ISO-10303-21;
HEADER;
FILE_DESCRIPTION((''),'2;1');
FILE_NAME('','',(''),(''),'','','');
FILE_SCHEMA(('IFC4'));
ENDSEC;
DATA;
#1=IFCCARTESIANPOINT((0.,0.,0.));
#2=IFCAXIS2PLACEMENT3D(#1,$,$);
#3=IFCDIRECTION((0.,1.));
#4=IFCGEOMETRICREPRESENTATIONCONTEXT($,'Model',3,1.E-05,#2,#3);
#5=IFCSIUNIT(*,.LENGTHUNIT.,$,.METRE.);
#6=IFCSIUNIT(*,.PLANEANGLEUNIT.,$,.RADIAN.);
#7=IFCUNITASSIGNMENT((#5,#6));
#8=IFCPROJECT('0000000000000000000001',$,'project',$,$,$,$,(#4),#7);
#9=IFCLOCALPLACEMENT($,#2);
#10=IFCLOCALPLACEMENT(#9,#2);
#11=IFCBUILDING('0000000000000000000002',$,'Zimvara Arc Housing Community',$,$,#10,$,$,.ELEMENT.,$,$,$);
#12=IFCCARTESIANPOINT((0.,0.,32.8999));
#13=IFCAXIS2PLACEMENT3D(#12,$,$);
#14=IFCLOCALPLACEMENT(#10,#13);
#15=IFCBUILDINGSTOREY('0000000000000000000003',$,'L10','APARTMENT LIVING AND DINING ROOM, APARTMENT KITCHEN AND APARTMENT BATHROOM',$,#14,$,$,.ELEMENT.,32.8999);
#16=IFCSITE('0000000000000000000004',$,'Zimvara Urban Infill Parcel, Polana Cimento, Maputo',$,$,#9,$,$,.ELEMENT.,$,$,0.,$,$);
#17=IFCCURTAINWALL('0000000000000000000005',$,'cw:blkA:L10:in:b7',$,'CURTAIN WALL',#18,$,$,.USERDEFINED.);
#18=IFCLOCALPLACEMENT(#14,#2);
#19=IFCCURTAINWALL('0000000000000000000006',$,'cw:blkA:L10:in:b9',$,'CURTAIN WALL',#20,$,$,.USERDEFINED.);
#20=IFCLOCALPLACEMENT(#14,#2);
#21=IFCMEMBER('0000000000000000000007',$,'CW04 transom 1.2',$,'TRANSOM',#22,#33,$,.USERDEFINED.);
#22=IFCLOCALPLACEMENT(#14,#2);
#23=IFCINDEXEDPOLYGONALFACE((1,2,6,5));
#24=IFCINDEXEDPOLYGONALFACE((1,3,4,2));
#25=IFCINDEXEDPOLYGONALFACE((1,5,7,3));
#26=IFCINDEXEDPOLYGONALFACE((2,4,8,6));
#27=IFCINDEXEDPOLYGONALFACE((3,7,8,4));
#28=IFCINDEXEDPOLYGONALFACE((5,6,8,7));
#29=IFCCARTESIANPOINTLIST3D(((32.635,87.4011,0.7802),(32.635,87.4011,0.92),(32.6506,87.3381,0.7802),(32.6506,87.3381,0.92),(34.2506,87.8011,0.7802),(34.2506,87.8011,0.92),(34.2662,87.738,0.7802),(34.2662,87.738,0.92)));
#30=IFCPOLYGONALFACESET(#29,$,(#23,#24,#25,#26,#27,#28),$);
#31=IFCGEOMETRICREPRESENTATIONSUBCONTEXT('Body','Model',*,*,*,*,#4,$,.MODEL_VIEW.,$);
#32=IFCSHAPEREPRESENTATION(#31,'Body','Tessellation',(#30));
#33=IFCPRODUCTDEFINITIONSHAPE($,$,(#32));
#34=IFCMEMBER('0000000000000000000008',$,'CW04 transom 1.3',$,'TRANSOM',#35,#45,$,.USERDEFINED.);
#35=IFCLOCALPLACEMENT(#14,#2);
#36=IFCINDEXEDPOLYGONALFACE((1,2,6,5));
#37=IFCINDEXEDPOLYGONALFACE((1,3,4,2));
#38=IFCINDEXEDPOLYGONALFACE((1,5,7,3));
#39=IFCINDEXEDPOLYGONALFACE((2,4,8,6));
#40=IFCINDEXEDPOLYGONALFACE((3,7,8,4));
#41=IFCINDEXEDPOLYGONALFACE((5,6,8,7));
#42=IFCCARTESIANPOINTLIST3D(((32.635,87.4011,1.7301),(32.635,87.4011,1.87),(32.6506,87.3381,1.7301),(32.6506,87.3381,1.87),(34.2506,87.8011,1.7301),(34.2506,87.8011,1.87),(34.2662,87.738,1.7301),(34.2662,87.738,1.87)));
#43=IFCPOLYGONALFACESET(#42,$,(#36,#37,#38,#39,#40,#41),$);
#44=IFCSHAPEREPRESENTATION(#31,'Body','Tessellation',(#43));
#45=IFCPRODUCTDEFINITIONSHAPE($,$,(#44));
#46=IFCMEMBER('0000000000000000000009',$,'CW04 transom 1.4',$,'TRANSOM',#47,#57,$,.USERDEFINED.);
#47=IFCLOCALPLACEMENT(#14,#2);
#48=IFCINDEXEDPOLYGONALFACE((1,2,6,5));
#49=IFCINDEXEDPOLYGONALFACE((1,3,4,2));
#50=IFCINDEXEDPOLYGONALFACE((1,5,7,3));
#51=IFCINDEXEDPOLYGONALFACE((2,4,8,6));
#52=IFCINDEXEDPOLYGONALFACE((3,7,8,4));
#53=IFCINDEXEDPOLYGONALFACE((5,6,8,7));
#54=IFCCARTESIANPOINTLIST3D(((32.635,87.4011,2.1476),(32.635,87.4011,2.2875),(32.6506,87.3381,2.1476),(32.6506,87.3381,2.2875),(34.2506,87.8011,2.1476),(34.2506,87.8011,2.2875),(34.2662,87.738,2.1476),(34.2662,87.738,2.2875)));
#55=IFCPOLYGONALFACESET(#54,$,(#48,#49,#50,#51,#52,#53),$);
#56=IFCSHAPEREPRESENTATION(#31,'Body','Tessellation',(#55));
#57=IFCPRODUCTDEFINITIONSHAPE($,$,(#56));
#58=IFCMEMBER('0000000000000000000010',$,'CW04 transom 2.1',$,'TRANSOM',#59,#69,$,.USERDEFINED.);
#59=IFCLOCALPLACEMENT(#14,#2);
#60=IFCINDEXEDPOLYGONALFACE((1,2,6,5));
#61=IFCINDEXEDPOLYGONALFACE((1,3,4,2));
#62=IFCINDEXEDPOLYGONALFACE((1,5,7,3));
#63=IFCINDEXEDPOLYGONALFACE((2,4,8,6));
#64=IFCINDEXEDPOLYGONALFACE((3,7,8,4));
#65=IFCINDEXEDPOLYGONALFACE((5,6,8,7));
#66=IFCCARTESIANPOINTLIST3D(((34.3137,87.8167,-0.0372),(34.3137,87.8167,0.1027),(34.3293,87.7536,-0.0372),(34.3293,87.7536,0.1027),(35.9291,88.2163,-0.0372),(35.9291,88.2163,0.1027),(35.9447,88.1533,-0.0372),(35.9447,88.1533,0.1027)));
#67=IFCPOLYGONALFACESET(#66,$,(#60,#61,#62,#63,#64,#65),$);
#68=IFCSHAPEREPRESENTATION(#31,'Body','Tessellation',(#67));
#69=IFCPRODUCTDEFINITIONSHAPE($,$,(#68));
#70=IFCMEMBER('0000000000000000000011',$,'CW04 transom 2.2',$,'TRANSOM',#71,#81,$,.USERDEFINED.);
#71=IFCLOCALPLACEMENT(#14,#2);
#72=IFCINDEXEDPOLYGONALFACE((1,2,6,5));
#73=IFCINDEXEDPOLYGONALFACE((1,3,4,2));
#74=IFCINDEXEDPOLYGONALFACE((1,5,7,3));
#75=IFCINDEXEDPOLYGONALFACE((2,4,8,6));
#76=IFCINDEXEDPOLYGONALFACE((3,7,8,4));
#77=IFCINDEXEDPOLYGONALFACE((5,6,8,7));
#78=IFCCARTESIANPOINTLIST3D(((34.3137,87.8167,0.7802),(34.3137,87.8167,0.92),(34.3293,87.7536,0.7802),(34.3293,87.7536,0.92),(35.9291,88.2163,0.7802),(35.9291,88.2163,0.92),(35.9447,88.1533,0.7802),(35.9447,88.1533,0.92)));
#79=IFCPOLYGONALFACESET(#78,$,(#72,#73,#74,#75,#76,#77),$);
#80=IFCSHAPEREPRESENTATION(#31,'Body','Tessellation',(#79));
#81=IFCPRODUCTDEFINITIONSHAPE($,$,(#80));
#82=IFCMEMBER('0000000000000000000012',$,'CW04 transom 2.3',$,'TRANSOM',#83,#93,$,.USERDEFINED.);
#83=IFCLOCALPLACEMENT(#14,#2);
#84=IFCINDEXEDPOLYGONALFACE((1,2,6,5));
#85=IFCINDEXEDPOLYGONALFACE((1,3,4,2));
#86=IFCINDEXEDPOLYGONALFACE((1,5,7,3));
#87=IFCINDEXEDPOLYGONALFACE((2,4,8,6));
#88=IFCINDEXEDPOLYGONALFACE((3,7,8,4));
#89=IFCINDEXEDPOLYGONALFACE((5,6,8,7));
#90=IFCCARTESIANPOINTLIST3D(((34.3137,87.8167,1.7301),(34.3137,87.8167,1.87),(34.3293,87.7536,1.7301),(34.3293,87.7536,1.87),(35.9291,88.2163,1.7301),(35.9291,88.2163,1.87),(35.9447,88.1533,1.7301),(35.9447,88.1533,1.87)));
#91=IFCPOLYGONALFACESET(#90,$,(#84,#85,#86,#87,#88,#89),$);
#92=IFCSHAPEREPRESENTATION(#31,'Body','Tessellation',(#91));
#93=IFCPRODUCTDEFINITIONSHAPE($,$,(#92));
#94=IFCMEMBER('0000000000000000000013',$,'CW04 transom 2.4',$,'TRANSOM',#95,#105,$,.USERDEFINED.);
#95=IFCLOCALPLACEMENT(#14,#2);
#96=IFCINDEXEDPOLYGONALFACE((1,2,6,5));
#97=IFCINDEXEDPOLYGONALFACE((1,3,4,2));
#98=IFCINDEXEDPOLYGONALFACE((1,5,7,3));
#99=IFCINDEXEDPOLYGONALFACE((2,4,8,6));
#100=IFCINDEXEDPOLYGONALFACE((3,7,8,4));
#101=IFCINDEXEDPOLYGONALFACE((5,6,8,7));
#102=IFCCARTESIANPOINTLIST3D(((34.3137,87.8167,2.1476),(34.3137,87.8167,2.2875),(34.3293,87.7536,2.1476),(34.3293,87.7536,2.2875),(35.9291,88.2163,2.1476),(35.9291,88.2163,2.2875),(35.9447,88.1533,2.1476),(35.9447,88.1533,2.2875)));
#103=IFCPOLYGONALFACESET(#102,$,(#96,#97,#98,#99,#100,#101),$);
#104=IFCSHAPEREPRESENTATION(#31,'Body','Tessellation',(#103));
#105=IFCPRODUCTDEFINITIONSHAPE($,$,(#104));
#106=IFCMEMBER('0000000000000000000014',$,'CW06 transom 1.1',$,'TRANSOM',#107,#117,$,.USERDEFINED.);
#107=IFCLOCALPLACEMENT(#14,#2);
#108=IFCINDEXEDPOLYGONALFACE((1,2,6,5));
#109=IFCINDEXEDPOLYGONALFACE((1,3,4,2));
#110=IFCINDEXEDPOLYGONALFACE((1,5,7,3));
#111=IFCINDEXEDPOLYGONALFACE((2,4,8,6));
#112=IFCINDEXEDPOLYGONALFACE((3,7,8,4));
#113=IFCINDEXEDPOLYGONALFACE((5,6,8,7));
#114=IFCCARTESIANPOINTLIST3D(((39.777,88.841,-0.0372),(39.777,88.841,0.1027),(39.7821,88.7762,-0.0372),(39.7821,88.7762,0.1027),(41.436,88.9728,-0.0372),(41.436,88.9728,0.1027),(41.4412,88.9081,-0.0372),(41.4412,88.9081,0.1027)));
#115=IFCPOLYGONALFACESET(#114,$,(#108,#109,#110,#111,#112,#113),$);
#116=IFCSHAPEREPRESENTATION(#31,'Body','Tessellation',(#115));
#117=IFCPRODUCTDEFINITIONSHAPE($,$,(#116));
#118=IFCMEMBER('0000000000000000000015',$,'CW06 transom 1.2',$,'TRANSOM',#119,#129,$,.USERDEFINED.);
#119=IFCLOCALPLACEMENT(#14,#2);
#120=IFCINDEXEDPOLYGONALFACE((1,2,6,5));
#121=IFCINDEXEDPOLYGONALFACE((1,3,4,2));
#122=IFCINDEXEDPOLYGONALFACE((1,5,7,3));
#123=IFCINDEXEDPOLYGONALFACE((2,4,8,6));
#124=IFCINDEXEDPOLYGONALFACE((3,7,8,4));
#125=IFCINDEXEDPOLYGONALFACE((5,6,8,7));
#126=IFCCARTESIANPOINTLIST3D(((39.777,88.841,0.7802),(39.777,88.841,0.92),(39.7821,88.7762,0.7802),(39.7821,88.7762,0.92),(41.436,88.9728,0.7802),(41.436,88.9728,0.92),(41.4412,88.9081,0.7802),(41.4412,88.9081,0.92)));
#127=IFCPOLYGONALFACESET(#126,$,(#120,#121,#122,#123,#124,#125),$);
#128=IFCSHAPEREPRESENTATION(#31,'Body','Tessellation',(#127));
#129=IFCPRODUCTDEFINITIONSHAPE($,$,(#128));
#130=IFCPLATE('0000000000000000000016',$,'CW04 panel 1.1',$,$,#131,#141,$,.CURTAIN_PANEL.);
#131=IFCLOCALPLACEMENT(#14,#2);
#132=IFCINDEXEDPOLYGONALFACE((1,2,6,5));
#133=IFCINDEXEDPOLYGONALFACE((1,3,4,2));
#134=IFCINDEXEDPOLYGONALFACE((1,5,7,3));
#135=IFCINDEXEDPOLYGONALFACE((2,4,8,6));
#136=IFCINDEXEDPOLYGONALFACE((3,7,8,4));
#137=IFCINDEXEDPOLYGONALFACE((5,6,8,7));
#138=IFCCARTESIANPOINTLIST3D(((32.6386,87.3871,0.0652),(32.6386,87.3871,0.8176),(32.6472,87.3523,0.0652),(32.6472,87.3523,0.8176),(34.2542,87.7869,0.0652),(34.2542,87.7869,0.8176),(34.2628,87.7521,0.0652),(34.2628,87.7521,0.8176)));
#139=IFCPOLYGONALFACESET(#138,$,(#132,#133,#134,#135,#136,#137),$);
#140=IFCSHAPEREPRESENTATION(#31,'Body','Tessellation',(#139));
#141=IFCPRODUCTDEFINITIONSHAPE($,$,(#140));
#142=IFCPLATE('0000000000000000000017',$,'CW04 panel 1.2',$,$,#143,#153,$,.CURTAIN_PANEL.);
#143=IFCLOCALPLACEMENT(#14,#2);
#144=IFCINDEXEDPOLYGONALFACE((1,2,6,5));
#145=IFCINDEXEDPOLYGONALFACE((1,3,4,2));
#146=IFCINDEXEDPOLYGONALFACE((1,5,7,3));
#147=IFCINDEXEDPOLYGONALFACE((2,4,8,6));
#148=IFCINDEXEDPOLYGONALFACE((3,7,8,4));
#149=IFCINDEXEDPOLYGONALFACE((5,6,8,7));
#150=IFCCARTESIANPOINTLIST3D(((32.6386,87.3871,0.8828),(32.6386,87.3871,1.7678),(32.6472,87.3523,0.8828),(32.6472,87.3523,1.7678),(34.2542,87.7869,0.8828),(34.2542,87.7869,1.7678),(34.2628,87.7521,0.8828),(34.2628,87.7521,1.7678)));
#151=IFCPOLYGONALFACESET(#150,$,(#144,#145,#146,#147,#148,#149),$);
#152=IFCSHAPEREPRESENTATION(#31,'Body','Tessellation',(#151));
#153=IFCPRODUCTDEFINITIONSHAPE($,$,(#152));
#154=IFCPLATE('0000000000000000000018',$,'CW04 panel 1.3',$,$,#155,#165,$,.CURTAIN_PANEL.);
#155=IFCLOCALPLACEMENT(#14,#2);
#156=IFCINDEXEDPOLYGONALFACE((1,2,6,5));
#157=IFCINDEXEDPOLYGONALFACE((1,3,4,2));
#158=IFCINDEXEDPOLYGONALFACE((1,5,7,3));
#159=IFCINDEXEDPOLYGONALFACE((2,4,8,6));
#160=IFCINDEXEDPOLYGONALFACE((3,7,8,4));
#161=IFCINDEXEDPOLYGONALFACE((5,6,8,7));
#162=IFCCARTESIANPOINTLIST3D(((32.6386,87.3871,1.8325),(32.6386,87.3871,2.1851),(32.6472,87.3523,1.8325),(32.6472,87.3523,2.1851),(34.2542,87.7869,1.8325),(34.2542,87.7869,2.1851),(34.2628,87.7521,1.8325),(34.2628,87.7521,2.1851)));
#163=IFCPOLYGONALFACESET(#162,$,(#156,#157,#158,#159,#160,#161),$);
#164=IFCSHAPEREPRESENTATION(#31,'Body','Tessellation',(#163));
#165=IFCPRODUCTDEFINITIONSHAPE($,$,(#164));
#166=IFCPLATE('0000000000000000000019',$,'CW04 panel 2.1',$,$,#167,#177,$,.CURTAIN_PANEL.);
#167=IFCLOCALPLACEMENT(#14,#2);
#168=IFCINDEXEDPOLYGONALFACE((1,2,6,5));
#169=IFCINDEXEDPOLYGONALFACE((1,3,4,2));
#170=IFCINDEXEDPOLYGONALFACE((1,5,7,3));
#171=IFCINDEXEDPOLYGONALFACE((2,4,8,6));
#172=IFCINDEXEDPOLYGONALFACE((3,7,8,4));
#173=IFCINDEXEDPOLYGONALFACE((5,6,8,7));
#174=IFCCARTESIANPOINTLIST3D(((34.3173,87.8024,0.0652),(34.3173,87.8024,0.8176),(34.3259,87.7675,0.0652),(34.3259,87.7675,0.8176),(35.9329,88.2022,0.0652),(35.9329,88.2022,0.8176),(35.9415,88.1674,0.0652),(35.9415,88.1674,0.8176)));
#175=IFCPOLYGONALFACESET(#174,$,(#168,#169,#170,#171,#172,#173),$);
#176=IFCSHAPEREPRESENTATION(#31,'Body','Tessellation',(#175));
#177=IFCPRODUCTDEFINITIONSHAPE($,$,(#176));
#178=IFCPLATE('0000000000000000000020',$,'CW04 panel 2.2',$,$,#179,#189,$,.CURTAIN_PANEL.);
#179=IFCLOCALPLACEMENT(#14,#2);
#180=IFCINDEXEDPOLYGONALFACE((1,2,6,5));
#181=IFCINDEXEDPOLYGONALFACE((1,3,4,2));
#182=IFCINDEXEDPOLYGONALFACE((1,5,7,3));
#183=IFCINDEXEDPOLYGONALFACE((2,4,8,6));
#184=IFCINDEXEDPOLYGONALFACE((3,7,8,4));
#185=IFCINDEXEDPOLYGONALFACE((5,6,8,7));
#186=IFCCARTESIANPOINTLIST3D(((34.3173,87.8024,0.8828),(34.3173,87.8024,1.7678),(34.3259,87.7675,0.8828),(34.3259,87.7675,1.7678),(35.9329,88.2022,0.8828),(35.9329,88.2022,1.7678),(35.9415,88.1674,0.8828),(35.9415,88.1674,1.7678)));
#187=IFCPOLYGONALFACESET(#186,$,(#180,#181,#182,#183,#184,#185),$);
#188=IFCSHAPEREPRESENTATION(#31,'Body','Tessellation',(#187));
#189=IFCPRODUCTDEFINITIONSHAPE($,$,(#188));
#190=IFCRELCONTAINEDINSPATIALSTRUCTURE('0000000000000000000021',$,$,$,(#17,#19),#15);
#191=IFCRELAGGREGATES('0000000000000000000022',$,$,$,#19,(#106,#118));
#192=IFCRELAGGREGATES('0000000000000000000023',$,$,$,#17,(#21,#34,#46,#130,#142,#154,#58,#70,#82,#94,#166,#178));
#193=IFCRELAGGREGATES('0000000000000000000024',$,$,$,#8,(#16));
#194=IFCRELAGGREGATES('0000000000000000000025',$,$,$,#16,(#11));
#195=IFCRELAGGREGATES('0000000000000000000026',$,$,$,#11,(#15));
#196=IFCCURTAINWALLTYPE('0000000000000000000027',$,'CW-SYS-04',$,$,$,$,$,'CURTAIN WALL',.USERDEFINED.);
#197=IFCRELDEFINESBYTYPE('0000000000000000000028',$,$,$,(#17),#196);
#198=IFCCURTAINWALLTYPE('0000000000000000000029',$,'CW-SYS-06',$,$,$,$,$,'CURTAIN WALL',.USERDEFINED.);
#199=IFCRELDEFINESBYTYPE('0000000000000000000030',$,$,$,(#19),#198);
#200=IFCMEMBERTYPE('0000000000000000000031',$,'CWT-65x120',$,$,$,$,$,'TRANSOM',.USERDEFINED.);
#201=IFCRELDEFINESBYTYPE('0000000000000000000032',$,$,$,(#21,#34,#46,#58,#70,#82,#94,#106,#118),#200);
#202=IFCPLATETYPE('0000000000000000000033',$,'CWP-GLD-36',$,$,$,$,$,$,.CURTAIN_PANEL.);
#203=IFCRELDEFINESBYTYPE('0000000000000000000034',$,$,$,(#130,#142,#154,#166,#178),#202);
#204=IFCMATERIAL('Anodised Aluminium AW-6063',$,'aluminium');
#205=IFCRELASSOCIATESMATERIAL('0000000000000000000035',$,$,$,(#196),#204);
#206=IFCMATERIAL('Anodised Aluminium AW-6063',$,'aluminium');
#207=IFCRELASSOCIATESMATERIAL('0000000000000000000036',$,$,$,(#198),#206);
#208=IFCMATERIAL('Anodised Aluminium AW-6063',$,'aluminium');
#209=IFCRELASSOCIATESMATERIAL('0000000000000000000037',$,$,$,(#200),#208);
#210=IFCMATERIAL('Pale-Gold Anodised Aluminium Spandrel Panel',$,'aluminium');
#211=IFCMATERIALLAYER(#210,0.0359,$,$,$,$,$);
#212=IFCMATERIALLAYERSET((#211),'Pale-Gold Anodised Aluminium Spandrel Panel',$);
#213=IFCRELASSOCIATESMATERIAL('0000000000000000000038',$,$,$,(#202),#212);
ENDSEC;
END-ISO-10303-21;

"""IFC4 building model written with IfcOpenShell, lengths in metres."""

from ifc_helpers import new_model, si_unit, direction, frame, origin, origin_2d, place, context, subcontext, project, spatial, rectangle, extrude, material, layer, layer_set, material_profile, profile_set, type_object, element, aggregate, save


model = new_model("IFC4")

# Units and contexts
model_context = context("Model", 3, precision=1e-05, world=origin(), true_north=direction((0.0, 1.0)))
body_context = subcontext(model_context, "Body", "Model", "MODEL_VIEW")
ifc_project = project(units=[si_unit("LENGTHUNIT", "METRE"), si_unit("PLANEANGLEUNIT", "RADIAN")], contexts=[model_context])

# Site, building, storey
site_placement = place(None, origin())
site = spatial("IfcSite", under=ifc_project, at=site_placement, Name="Zimvara Urban Infill Parcel, Polana Cimento, Maputo", CompositionType="ELEMENT", RefElevation=0.0)
building_placement = place(site_placement, origin())
building = spatial("IfcBuilding", under=site, at=building_placement, Name="Zimvara Arc Housing Community", CompositionType="ELEMENT")
storey_placement = place(building_placement, frame((0.0, 0.0, 32.8999)))
storey = spatial("IfcBuildingStorey", under=building, at=storey_placement, Name="L10", Description="APARTMENT LIVING AND DINING ROOM, APARTMENT KITCHEN AND APARTMENT BATHROOM", CompositionType="ELEMENT", Elevation=32.8999)

# Curtain wall
ifc_material_1 = material(Name="Anodised Aluminium AW-6063", Category="aluminium")
curtain_wall_type_1 = type_object("IfcCurtainWallType", Name="CW-SYS-04", ElementType="CURTAIN WALL", PredefinedType="USERDEFINED", material=ifc_material_1)
curtain_wall_1_placement = place(storey_placement, origin())
curtain_wall_1 = element("IfcCurtainWall", 1, at=curtain_wall_1_placement, inside=storey, type_object=curtain_wall_type_1, Name="cw:blkA:L10:in:b7", ObjectType="CURTAIN WALL", PredefinedType="USERDEFINED")

# Curtain wall
ifc_material_2 = material(Name="Anodised Aluminium AW-6063", Category="aluminium")
curtain_wall_type_2 = type_object("IfcCurtainWallType", Name="CW-SYS-06", ElementType="CURTAIN WALL", PredefinedType="USERDEFINED", material=ifc_material_2)
curtain_wall_2_placement = place(storey_placement, origin())
curtain_wall_2 = element("IfcCurtainWall", 2, at=curtain_wall_2_placement, inside=storey, type_object=curtain_wall_type_2, Name="cw:blkA:L10:in:b9", ObjectType="CURTAIN WALL", PredefinedType="USERDEFINED")

# Members
ifc_material_3 = material(Name="Anodised Aluminium AW-6063", Category="aluminium")
ifc_material_profile_1 = material_profile(ifc_material_3, rectangle(XDim=0.0649, YDim=0.1399, at=origin_2d()), Name="ALU 65x140")
ifc_profile_set_1 = profile_set([ifc_material_profile_1], Name="Anodised Aluminium AW-6063")
member_type_1 = type_object("IfcMemberType", Name="CWT-65x120", ElementType="TRANSOM", PredefinedType="USERDEFINED", material=ifc_profile_set_1)
member_1_placement = place(storey_placement, frame((32.6428, 87.3696, 0.8501), z_axis=(0.970701, 0.240291, 0.0), x_axis=(-0.240291, 0.970701, 0.0)))
member_1 = element("IfcMember", 3, at=member_1_placement, type_object=member_type_1, Name="CW04 transom 1.2", ObjectType="TRANSOM", PredefinedType="USERDEFINED", context=body_context, shape_type="SweptSolid", body=[
    extrude(rectangle(XDim=0.0649, YDim=0.1399, at=origin_2d()), origin(), (0.0, 0.0, 1.0), 1.6643),
])
member_2_placement = place(storey_placement, frame((32.6428, 87.3696, 1.8), z_axis=(0.970701, 0.240291, 0.0), x_axis=(-0.240291, 0.970701, 0.0)))
member_2 = element("IfcMember", 4, at=member_2_placement, type_object=member_type_1, Name="CW04 transom 1.3", ObjectType="TRANSOM", PredefinedType="USERDEFINED", context=body_context, shape_type="SweptSolid", body=[
    extrude(rectangle(XDim=0.0649, YDim=0.1399, at=origin_2d()), origin(), (0.0, 0.0, 1.0), 1.6643),
])
member_3_placement = place(storey_placement, frame((32.6428, 87.3696, 2.2175), z_axis=(0.970701, 0.240291, 0.0), x_axis=(-0.240291, 0.970701, 0.0)))
member_3 = element("IfcMember", 5, at=member_3_placement, type_object=member_type_1, Name="CW04 transom 1.4", ObjectType="TRANSOM", PredefinedType="USERDEFINED", context=body_context, shape_type="SweptSolid", body=[
    extrude(rectangle(XDim=0.0649, YDim=0.1399, at=origin_2d()), origin(), (0.0, 0.0, 1.0), 1.6643),
])
member_4_placement = place(storey_placement, frame((34.3215, 87.7852, 0.0327), z_axis=(0.970735, 0.240153, 0.0), x_axis=(-0.240153, 0.970735, 0.0)))
member_4 = element("IfcMember", 6, at=member_4_placement, type_object=member_type_1, Name="CW04 transom 2.1", ObjectType="TRANSOM", PredefinedType="USERDEFINED", context=body_context, shape_type="SweptSolid", body=[
    extrude(rectangle(XDim=0.0649, YDim=0.1399, at=origin_2d()), origin(), (0.0, 0.0, 1.0), 1.6641),
])
member_5_placement = place(storey_placement, frame((34.3215, 87.7852, 0.8501), z_axis=(0.970735, 0.240153, 0.0), x_axis=(-0.240153, 0.970735, 0.0)))
member_5 = element("IfcMember", 7, at=member_5_placement, type_object=member_type_1, Name="CW04 transom 2.2", ObjectType="TRANSOM", PredefinedType="USERDEFINED", context=body_context, shape_type="SweptSolid", body=[
    extrude(rectangle(XDim=0.0649, YDim=0.1399, at=origin_2d()), origin(), (0.0, 0.0, 1.0), 1.6641),
])
member_6_placement = place(storey_placement, frame((34.3215, 87.7852, 1.8), z_axis=(0.970735, 0.240153, 0.0), x_axis=(-0.240153, 0.970735, 0.0)))
member_6 = element("IfcMember", 8, at=member_6_placement, type_object=member_type_1, Name="CW04 transom 2.3", ObjectType="TRANSOM", PredefinedType="USERDEFINED", context=body_context, shape_type="SweptSolid", body=[
    extrude(rectangle(XDim=0.0649, YDim=0.1399, at=origin_2d()), origin(), (0.0, 0.0, 1.0), 1.6641),
])
member_7_placement = place(storey_placement, frame((34.3215, 87.7852, 2.2175), z_axis=(0.970735, 0.240153, 0.0), x_axis=(-0.240153, 0.970735, 0.0)))
member_7 = element("IfcMember", 9, at=member_7_placement, type_object=member_type_1, Name="CW04 transom 2.4", ObjectType="TRANSOM", PredefinedType="USERDEFINED", context=body_context, shape_type="SweptSolid", body=[
    extrude(rectangle(XDim=0.0649, YDim=0.1399, at=origin_2d()), origin(), (0.0, 0.0, 1.0), 1.6641),
])
member_8_placement = place(storey_placement, frame((39.7795, 88.8086, 0.0327), z_axis=(0.996858, 0.079209, 0.0), x_axis=(-0.079209, 0.996858, 0.0)))
member_8 = element("IfcMember", 10, at=member_8_placement, type_object=member_type_1, Name="CW06 transom 1.1", ObjectType="TRANSOM", PredefinedType="USERDEFINED", context=body_context, shape_type="SweptSolid", body=[
    extrude(rectangle(XDim=0.0649, YDim=0.1399, at=origin_2d()), origin(), (0.0, 0.0, 1.0), 1.6643),
])
member_9_placement = place(storey_placement, frame((39.7795, 88.8086, 0.8501), z_axis=(0.996858, 0.079209, 0.0), x_axis=(-0.079209, 0.996858, 0.0)))
member_9 = element("IfcMember", 11, at=member_9_placement, type_object=member_type_1, Name="CW06 transom 1.2", ObjectType="TRANSOM", PredefinedType="USERDEFINED", context=body_context, shape_type="SweptSolid", body=[
    extrude(rectangle(XDim=0.0649, YDim=0.1399, at=origin_2d()), origin(), (0.0, 0.0, 1.0), 1.6643),
])
aggregate(curtain_wall_2, [member_8, member_9])

# Plates
ifc_material_4 = material(Name="Pale-Gold Anodised Aluminium Spandrel Panel", Category="aluminium")
ifc_layer_1 = layer(ifc_material_4, 0.0359)
ifc_layer_set_1 = layer_set([ifc_layer_1], Name="Pale-Gold Anodised Aluminium Spandrel Panel")
plate_type_1 = type_object("IfcPlateType", Name="CWP-GLD-36", PredefinedType="CURTAIN_PANEL", material=ifc_layer_set_1)
plate_1_placement = place(storey_placement, frame((33.4507, 87.5696, 0.0652), z_axis=(0.0, 0.0, 1.0), x_axis=(0.970717, 0.240228, 0.0)))
plate_1 = element("IfcPlate", 12, at=plate_1_placement, type_object=plate_type_1, Name="CW04 panel 1.1", PredefinedType="CURTAIN_PANEL", context=body_context, shape_type="SweptSolid", body=[
    extrude(rectangle(XDim=1.6643, YDim=0.0359, at=origin_2d()), origin(), (0.0, 0.0, 1.0), 0.7524),
])
plate_2_placement = place(storey_placement, frame((33.4507, 87.5696, 0.8828), z_axis=(0.0, 0.0, 1.0), x_axis=(0.970717, 0.240228, 0.0)))
plate_2 = element("IfcPlate", 13, at=plate_2_placement, type_object=plate_type_1, Name="CW04 panel 1.2", PredefinedType="CURTAIN_PANEL", context=body_context, shape_type="SweptSolid", body=[
    extrude(rectangle(XDim=1.6643, YDim=0.0359, at=origin_2d()), origin(), (0.0, 0.0, 1.0), 0.885),
])
plate_3_placement = place(storey_placement, frame((33.4507, 87.5696, 1.8325), z_axis=(0.0, 0.0, 1.0), x_axis=(0.970717, 0.240228, 0.0)))
plate_3 = element("IfcPlate", 14, at=plate_3_placement, type_object=plate_type_1, Name="CW04 panel 1.3", PredefinedType="CURTAIN_PANEL", context=body_context, shape_type="SweptSolid", body=[
    extrude(rectangle(XDim=1.6643, YDim=0.0359, at=origin_2d()), origin(), (0.0, 0.0, 1.0), 0.3525),
])
plate_4_placement = place(storey_placement, frame((35.1294, 87.9849, 0.0652), z_axis=(0.0, 0.0, 1.0), x_axis=(0.970717, 0.240228, 0.0)))
plate_4 = element("IfcPlate", 15, at=plate_4_placement, type_object=plate_type_1, Name="CW04 panel 2.1", PredefinedType="CURTAIN_PANEL", context=body_context, shape_type="SweptSolid", body=[
    extrude(rectangle(XDim=1.6643, YDim=0.0359, at=origin_2d()), origin(), (0.0, 0.0, 1.0), 0.7524),
])
plate_5_placement = place(storey_placement, frame((35.1294, 87.9849, 0.8828), z_axis=(0.0, 0.0, 1.0), x_axis=(0.970717, 0.240228, 0.0)))
plate_5 = element("IfcPlate", 16, at=plate_5_placement, type_object=plate_type_1, Name="CW04 panel 2.2", PredefinedType="CURTAIN_PANEL", context=body_context, shape_type="SweptSolid", body=[
    extrude(rectangle(XDim=1.6643, YDim=0.0359, at=origin_2d()), origin(), (0.0, 0.0, 1.0), 0.885),
])
aggregate(curtain_wall_1, [member_1, member_2, member_3, plate_1, plate_2, plate_3, member_4, member_5, member_6, member_7, plate_4, plate_5])

save(model, "model.ifc")
